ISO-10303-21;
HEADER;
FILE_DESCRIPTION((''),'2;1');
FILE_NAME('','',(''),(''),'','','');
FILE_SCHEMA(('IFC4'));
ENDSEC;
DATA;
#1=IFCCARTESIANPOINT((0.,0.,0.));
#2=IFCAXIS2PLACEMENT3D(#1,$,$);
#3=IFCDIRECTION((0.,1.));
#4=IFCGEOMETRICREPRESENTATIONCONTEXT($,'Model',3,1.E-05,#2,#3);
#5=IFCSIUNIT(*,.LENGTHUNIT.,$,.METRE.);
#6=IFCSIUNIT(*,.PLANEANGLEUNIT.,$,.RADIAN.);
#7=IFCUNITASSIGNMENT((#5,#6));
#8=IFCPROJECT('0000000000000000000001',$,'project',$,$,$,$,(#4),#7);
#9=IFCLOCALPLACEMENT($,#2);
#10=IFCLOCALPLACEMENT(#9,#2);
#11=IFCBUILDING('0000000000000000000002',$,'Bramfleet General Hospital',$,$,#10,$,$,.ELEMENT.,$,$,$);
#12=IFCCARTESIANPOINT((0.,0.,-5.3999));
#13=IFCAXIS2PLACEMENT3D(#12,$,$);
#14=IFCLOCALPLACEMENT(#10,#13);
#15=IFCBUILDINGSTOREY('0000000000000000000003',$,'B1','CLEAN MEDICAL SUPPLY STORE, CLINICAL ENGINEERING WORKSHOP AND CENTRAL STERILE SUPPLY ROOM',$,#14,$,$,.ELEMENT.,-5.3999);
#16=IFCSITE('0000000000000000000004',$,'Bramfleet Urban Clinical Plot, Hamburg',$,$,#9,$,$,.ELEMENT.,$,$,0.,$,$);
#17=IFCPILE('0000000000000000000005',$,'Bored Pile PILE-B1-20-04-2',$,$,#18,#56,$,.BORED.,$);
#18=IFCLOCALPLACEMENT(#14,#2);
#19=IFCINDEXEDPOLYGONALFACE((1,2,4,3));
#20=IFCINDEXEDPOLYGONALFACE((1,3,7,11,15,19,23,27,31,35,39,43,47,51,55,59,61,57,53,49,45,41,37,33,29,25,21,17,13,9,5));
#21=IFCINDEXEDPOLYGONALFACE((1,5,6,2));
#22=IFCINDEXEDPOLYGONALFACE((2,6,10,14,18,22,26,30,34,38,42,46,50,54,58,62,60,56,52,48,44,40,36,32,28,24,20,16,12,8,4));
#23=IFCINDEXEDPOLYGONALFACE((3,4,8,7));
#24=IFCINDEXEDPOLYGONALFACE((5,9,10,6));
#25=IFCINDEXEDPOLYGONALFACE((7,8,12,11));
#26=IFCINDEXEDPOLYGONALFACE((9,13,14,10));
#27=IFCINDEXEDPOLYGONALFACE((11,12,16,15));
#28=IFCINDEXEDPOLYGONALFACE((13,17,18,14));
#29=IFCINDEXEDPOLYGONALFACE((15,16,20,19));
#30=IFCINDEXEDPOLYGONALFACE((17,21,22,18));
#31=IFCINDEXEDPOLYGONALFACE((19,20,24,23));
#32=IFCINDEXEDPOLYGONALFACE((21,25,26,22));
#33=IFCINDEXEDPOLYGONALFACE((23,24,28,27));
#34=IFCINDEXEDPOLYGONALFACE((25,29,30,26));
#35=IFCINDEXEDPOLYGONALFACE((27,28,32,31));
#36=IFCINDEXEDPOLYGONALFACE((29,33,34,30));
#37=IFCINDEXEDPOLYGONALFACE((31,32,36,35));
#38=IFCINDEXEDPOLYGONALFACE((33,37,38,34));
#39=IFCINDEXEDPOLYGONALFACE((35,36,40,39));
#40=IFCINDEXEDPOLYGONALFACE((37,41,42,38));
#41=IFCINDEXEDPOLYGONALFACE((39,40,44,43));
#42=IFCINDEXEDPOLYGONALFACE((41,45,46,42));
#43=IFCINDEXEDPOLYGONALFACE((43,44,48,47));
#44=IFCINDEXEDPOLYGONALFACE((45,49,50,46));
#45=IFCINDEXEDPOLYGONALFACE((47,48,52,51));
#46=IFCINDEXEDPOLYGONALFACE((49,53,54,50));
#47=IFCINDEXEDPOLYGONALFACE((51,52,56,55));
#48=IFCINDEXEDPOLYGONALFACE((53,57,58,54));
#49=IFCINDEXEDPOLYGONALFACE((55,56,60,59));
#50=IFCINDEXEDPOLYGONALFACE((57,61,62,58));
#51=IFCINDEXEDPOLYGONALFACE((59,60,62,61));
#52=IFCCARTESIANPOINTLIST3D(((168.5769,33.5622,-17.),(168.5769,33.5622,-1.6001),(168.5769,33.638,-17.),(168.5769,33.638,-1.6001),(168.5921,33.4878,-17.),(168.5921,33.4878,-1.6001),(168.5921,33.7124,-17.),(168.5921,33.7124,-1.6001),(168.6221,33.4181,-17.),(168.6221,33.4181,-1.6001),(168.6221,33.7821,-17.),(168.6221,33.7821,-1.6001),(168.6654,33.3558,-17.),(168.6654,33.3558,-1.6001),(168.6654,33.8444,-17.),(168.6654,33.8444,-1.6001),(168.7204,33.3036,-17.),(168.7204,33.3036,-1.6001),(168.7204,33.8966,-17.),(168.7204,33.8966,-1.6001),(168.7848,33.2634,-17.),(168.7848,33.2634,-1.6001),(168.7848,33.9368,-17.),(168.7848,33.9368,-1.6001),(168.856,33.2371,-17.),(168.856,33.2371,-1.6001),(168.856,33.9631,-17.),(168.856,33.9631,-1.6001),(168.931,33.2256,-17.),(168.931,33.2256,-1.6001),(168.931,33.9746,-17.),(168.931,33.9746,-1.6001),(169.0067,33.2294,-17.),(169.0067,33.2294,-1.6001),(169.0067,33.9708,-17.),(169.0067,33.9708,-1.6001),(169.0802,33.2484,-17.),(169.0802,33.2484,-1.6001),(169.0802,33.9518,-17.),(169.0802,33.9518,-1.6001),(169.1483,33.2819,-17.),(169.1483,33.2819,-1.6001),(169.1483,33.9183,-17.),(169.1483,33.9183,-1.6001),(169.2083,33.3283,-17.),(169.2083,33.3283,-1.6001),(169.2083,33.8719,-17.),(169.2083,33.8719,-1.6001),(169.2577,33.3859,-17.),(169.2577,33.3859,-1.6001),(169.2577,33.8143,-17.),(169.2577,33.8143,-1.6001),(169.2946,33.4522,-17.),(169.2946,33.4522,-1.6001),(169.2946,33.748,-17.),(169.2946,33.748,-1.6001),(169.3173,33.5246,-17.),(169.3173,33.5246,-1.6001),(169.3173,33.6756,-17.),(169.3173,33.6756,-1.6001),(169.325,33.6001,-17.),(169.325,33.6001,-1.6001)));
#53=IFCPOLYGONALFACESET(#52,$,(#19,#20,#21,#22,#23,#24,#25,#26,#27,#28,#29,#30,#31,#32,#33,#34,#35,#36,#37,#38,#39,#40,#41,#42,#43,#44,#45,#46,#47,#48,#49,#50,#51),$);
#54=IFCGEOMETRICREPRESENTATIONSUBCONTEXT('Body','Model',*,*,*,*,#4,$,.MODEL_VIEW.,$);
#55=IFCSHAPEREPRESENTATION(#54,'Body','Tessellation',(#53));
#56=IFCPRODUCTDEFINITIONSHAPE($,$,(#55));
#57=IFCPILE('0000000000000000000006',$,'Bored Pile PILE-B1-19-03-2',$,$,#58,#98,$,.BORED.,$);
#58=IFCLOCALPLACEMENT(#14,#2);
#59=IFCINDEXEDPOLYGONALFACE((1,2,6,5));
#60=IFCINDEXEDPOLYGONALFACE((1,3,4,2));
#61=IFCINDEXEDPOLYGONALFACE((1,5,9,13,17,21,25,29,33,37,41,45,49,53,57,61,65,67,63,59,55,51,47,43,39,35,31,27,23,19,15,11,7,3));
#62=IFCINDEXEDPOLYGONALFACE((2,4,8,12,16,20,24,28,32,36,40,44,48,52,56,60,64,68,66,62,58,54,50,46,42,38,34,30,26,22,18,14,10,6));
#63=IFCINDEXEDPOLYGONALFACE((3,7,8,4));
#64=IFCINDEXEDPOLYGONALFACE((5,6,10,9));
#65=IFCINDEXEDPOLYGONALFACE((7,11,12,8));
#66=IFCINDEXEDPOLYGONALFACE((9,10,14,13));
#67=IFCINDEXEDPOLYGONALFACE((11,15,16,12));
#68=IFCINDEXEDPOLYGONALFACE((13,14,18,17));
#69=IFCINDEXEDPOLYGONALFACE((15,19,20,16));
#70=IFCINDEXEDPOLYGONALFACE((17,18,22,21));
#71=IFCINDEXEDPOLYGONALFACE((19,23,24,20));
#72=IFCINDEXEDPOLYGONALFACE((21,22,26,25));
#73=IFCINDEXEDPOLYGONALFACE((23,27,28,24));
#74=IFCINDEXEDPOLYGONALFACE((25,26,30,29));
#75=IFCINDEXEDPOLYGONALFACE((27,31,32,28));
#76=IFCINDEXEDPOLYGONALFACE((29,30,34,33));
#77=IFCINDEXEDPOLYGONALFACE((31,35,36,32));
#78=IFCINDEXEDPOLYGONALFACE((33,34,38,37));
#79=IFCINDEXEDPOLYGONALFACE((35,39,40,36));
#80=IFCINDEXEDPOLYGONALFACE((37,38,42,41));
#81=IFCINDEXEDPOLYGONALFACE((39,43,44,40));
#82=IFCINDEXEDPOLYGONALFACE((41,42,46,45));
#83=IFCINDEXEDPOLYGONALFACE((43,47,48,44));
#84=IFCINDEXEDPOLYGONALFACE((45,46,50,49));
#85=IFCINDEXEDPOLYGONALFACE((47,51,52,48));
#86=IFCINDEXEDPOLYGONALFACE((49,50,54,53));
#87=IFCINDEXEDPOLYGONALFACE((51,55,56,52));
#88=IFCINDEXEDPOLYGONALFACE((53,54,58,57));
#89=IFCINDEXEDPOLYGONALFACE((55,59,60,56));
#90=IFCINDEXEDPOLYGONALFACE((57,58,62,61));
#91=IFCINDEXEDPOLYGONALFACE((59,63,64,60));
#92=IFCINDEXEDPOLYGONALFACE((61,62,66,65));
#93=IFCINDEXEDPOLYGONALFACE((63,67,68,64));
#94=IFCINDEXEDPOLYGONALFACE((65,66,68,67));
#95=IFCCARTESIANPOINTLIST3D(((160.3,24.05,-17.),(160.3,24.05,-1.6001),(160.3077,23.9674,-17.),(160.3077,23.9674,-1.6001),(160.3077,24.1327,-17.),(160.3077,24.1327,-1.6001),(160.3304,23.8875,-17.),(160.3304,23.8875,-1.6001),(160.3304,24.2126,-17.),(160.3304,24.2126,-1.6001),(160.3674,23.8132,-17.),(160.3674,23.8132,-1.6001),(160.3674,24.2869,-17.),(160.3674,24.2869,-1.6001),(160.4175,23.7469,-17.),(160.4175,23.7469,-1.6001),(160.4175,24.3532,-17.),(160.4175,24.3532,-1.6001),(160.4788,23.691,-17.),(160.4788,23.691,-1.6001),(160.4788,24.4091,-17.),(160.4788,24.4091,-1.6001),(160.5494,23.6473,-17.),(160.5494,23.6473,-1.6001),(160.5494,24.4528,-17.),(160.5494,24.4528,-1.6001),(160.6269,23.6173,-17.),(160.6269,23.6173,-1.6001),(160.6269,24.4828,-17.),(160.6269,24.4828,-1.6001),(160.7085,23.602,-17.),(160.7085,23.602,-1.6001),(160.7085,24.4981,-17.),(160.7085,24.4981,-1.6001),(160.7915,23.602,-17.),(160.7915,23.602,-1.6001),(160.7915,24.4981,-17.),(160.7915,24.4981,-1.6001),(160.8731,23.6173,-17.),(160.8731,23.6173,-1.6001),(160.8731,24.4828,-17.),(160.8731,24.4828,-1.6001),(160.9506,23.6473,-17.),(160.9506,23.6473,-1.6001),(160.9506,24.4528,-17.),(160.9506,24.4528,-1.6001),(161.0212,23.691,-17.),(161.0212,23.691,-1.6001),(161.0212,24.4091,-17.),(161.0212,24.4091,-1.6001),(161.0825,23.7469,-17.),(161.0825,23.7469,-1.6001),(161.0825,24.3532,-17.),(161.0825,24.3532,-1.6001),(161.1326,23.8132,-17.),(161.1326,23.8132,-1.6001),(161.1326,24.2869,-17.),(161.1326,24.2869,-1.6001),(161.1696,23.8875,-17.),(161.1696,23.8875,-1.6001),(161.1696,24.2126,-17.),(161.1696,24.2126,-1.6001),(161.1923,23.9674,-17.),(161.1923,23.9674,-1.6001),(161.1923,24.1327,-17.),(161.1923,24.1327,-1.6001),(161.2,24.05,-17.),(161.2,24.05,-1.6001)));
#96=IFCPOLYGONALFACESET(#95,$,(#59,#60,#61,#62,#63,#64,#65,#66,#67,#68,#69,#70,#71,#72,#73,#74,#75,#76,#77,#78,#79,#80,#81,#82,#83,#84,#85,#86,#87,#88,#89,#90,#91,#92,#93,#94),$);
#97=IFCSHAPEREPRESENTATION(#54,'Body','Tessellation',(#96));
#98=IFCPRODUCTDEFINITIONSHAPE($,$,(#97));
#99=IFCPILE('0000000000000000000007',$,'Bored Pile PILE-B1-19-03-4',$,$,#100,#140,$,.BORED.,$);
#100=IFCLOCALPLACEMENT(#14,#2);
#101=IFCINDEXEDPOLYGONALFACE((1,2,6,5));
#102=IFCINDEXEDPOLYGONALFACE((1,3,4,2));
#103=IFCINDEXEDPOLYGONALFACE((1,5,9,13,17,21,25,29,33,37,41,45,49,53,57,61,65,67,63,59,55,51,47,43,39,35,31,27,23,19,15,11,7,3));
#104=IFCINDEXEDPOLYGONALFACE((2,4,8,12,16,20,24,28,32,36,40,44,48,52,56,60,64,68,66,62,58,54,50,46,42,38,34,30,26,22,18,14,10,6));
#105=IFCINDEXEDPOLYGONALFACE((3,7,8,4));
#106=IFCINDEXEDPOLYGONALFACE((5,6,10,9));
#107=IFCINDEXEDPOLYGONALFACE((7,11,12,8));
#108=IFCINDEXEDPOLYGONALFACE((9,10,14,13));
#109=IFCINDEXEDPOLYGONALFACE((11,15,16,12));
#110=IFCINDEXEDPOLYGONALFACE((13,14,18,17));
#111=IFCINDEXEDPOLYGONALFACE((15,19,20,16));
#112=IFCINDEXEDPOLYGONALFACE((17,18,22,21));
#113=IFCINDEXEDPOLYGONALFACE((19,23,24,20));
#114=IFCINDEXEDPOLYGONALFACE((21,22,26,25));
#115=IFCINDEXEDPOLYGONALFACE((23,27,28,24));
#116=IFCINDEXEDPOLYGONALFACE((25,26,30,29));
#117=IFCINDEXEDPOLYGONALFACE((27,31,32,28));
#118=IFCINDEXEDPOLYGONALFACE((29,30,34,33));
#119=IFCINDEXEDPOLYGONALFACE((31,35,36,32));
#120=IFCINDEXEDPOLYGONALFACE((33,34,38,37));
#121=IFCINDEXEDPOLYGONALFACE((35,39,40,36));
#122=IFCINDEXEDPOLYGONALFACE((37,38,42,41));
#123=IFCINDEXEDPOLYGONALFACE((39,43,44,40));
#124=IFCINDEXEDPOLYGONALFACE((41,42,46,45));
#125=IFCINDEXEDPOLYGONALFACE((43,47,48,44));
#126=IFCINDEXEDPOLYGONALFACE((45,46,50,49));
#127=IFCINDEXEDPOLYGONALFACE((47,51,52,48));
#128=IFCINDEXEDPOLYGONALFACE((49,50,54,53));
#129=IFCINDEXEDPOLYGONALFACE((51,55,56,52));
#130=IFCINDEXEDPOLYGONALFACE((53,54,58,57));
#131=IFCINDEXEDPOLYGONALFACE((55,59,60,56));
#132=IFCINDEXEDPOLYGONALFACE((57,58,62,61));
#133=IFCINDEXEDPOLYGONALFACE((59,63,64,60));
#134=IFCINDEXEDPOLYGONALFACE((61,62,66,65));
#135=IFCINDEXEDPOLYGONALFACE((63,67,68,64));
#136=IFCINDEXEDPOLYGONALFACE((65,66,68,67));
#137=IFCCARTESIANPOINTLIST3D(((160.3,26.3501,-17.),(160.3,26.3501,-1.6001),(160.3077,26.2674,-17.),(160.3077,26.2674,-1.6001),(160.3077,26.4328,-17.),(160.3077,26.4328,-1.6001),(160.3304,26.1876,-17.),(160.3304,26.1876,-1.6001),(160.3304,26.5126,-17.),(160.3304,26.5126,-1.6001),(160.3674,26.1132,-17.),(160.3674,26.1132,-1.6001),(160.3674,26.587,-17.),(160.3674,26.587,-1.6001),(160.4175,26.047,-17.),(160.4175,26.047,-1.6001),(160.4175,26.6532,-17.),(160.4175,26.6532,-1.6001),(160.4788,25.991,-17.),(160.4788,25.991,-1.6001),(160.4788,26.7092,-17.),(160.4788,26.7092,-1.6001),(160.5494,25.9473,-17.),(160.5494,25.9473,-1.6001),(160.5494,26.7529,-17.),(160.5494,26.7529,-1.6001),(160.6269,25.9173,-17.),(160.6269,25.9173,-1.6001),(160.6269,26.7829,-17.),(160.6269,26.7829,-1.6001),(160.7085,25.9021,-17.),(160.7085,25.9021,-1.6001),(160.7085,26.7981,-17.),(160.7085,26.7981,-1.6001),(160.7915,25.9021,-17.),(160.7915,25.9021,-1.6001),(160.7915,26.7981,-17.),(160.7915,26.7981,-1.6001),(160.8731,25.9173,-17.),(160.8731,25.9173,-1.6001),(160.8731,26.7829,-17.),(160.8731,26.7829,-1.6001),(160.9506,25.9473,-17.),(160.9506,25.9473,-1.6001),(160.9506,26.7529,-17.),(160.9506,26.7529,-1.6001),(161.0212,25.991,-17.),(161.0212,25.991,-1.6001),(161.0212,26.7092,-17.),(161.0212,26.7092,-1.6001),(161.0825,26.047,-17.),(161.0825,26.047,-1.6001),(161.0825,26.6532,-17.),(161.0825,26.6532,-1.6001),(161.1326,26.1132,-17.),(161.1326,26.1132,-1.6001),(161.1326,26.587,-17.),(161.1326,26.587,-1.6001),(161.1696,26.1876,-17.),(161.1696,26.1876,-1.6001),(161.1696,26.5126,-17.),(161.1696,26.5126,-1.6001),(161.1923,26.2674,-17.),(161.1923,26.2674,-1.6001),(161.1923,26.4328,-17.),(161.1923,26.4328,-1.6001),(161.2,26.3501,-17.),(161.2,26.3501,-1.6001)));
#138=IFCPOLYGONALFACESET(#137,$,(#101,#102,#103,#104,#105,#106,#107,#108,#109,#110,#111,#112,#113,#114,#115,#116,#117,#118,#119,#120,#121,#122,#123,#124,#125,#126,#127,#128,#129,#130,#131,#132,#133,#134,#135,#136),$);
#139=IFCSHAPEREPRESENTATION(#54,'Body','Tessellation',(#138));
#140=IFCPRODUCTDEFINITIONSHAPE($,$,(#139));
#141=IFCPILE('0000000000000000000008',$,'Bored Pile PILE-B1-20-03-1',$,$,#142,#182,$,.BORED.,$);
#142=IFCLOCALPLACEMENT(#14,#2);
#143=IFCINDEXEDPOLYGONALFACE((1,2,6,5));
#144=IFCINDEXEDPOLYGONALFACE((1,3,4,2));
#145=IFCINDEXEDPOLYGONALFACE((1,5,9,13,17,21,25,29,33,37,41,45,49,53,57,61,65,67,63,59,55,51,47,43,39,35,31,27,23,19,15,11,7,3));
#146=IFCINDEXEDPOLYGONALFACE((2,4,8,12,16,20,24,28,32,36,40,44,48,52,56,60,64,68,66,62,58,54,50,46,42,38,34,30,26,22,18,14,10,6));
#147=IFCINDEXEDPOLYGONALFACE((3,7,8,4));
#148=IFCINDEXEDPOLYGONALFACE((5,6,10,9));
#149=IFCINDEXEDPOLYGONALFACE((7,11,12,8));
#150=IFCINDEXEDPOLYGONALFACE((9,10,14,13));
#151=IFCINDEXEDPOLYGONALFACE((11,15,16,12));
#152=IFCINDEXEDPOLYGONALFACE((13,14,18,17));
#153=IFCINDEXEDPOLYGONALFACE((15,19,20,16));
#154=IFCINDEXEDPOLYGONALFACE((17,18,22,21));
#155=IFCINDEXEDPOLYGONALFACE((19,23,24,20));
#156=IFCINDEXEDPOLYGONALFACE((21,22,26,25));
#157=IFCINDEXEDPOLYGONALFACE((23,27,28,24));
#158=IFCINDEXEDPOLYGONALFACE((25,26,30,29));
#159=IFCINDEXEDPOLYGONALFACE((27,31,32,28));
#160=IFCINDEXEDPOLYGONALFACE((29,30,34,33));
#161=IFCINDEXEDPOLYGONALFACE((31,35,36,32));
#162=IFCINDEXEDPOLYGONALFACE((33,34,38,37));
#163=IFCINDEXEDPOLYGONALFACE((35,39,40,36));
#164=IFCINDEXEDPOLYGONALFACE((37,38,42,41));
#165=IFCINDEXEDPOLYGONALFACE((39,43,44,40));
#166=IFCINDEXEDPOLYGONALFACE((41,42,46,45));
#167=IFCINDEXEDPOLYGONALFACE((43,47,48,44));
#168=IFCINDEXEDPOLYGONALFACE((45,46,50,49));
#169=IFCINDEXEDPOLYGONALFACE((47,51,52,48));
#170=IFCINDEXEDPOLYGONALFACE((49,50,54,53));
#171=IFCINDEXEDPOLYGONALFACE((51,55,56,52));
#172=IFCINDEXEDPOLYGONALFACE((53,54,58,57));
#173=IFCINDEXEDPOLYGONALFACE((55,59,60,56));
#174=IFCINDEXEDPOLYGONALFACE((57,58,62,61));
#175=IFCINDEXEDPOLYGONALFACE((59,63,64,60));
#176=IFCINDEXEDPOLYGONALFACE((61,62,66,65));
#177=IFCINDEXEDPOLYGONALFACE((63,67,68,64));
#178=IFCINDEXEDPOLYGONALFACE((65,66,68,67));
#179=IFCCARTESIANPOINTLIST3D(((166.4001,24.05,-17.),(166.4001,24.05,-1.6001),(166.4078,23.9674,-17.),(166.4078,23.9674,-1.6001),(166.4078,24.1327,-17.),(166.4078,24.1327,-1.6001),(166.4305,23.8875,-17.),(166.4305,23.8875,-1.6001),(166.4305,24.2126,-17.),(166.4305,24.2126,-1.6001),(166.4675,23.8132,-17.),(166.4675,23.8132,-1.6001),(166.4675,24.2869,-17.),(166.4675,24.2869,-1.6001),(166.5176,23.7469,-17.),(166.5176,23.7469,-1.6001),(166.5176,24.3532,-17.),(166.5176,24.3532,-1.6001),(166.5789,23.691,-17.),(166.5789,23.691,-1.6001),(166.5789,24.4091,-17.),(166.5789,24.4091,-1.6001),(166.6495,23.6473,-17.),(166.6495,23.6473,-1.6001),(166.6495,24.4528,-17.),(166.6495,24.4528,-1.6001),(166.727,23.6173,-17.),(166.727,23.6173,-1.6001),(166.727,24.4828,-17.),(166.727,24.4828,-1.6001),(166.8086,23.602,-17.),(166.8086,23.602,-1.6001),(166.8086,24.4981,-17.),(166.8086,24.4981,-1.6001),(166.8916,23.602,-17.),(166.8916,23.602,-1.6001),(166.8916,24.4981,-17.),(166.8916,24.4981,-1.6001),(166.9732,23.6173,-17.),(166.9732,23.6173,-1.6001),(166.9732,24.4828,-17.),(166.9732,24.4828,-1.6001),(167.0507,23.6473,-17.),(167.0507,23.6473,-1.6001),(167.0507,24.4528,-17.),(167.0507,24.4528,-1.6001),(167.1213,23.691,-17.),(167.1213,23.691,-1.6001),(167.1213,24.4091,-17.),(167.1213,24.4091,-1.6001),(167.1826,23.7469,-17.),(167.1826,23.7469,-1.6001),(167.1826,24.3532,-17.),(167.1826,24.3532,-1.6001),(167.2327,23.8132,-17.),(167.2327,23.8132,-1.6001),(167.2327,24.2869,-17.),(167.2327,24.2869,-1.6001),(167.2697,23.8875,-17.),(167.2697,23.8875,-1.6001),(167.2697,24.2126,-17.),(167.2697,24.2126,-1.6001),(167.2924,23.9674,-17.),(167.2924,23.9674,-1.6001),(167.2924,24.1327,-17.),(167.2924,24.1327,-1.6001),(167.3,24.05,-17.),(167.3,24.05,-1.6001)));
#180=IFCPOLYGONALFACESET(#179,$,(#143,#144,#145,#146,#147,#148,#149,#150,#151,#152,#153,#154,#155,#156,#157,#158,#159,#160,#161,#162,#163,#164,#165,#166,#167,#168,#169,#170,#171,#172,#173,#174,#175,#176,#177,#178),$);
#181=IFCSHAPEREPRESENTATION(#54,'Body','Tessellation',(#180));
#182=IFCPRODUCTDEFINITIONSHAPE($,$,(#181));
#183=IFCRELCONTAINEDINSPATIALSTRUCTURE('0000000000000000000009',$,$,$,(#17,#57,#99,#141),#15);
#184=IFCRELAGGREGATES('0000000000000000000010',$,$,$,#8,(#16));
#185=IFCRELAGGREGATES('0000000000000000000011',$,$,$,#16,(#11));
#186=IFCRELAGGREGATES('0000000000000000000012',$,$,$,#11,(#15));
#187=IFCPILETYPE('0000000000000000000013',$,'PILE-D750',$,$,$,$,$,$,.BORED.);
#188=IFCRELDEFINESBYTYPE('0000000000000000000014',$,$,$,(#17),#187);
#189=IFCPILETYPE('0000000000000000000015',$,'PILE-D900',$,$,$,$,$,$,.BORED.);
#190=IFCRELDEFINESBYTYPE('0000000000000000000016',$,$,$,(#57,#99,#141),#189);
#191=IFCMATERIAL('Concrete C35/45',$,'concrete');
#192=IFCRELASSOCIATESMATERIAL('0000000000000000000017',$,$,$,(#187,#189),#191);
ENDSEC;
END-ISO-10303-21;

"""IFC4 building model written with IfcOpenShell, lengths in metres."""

from ifc_helpers import new_model, si_unit, direction, frame, origin, origin_2d, place, context, subcontext, project, spatial, circle, extrude, material, material_profile, profile_set, type_object, element, save


model = new_model("IFC4")

# Units and contexts
model_context = context("Model", 3, precision=1e-05, world=origin(), true_north=direction((0.0, 1.0)))
body_context = subcontext(model_context, "Body", "Model", "MODEL_VIEW")
ifc_project = project(units=[si_unit("LENGTHUNIT", "METRE"), si_unit("PLANEANGLEUNIT", "RADIAN")], contexts=[model_context])

# Site, building, storey
site_placement = place(None, origin())
site = spatial("IfcSite", under=ifc_project, at=site_placement, Name="Bramfleet Urban Clinical Plot, Hamburg", CompositionType="ELEMENT", RefElevation=0.0)
building_placement = place(site_placement, origin())
building = spatial("IfcBuilding", under=site, at=building_placement, Name="Bramfleet General Hospital", CompositionType="ELEMENT")
storey_placement = place(building_placement, frame((0.0, 0.0, -5.3999)))
storey = spatial("IfcBuildingStorey", under=building, at=storey_placement, Name="B1", Description="CLEAN MEDICAL SUPPLY STORE, CLINICAL ENGINEERING WORKSHOP AND CENTRAL STERILE SUPPLY ROOM", CompositionType="ELEMENT", Elevation=-5.3999)

# Shared definitions
ifc_material_1 = material(Name="Concrete C35/45", Category="concrete")

# Piles
ifc_material_profile_1 = material_profile(ifc_material_1, circle(Radius=0.375, at=origin_2d()), Name="PILE BORED D750")
ifc_profile_set_1 = profile_set([ifc_material_profile_1], Name="Concrete C35/45")
pile_type_1 = type_object("IfcPileType", Name="PILE-D750", PredefinedType="BORED", material=ifc_profile_set_1)
for number, where, z_axis, x_axis, name in (
    (1, (168.95, 33.6001, -1.6001), (0.0, 0.0, -1.0), (1.0, 0.0, 0.0), "Bored Pile PILE-B1-20-04-2"),
):
    element("IfcPile", number, at=place(storey_placement, frame(where, z_axis=z_axis, x_axis=x_axis)), inside=storey, type_object=pile_type_1, Name=name, PredefinedType="BORED", context=body_context, shape_type="SweptSolid", body=[
        extrude(circle(Radius=0.375, at=origin_2d()), origin(), (0.0, 0.0, 1.0), 15.3999),
    ])
ifc_material_profile_2 = material_profile(ifc_material_1, circle(Radius=0.45, at=origin_2d()), Name="PILE BORED D900")
ifc_profile_set_2 = profile_set([ifc_material_profile_2], Name="Concrete C35/45")
pile_type_2 = type_object("IfcPileType", Name="PILE-D900", PredefinedType="BORED", material=ifc_profile_set_2)
for number, where, z_axis, x_axis, name in (
    (2, (160.75, 24.05, -1.6001), (0.0, 0.0, -1.0), (1.0, 0.0, 0.0), "Bored Pile PILE-B1-19-03-2"),
    (3, (160.75, 26.3501, -1.6001), (0.0, 0.0, -1.0), (1.0, 0.0, 0.0), "Bored Pile PILE-B1-19-03-4"),
    (4, (166.8501, 24.05, -1.6001), (0.0, 0.0, -1.0), (1.0, 0.0, 0.0), "Bored Pile PILE-B1-20-03-1"),
):
    element("IfcPile", number, at=place(storey_placement, frame(where, z_axis=z_axis, x_axis=x_axis)), inside=storey, type_object=pile_type_2, Name=name, PredefinedType="BORED", context=body_context, shape_type="SweptSolid", body=[
        extrude(circle(Radius=0.45, at=origin_2d()), origin(), (0.0, 0.0, 1.0), 15.3999),
    ])

save(model, "model.ifc")
